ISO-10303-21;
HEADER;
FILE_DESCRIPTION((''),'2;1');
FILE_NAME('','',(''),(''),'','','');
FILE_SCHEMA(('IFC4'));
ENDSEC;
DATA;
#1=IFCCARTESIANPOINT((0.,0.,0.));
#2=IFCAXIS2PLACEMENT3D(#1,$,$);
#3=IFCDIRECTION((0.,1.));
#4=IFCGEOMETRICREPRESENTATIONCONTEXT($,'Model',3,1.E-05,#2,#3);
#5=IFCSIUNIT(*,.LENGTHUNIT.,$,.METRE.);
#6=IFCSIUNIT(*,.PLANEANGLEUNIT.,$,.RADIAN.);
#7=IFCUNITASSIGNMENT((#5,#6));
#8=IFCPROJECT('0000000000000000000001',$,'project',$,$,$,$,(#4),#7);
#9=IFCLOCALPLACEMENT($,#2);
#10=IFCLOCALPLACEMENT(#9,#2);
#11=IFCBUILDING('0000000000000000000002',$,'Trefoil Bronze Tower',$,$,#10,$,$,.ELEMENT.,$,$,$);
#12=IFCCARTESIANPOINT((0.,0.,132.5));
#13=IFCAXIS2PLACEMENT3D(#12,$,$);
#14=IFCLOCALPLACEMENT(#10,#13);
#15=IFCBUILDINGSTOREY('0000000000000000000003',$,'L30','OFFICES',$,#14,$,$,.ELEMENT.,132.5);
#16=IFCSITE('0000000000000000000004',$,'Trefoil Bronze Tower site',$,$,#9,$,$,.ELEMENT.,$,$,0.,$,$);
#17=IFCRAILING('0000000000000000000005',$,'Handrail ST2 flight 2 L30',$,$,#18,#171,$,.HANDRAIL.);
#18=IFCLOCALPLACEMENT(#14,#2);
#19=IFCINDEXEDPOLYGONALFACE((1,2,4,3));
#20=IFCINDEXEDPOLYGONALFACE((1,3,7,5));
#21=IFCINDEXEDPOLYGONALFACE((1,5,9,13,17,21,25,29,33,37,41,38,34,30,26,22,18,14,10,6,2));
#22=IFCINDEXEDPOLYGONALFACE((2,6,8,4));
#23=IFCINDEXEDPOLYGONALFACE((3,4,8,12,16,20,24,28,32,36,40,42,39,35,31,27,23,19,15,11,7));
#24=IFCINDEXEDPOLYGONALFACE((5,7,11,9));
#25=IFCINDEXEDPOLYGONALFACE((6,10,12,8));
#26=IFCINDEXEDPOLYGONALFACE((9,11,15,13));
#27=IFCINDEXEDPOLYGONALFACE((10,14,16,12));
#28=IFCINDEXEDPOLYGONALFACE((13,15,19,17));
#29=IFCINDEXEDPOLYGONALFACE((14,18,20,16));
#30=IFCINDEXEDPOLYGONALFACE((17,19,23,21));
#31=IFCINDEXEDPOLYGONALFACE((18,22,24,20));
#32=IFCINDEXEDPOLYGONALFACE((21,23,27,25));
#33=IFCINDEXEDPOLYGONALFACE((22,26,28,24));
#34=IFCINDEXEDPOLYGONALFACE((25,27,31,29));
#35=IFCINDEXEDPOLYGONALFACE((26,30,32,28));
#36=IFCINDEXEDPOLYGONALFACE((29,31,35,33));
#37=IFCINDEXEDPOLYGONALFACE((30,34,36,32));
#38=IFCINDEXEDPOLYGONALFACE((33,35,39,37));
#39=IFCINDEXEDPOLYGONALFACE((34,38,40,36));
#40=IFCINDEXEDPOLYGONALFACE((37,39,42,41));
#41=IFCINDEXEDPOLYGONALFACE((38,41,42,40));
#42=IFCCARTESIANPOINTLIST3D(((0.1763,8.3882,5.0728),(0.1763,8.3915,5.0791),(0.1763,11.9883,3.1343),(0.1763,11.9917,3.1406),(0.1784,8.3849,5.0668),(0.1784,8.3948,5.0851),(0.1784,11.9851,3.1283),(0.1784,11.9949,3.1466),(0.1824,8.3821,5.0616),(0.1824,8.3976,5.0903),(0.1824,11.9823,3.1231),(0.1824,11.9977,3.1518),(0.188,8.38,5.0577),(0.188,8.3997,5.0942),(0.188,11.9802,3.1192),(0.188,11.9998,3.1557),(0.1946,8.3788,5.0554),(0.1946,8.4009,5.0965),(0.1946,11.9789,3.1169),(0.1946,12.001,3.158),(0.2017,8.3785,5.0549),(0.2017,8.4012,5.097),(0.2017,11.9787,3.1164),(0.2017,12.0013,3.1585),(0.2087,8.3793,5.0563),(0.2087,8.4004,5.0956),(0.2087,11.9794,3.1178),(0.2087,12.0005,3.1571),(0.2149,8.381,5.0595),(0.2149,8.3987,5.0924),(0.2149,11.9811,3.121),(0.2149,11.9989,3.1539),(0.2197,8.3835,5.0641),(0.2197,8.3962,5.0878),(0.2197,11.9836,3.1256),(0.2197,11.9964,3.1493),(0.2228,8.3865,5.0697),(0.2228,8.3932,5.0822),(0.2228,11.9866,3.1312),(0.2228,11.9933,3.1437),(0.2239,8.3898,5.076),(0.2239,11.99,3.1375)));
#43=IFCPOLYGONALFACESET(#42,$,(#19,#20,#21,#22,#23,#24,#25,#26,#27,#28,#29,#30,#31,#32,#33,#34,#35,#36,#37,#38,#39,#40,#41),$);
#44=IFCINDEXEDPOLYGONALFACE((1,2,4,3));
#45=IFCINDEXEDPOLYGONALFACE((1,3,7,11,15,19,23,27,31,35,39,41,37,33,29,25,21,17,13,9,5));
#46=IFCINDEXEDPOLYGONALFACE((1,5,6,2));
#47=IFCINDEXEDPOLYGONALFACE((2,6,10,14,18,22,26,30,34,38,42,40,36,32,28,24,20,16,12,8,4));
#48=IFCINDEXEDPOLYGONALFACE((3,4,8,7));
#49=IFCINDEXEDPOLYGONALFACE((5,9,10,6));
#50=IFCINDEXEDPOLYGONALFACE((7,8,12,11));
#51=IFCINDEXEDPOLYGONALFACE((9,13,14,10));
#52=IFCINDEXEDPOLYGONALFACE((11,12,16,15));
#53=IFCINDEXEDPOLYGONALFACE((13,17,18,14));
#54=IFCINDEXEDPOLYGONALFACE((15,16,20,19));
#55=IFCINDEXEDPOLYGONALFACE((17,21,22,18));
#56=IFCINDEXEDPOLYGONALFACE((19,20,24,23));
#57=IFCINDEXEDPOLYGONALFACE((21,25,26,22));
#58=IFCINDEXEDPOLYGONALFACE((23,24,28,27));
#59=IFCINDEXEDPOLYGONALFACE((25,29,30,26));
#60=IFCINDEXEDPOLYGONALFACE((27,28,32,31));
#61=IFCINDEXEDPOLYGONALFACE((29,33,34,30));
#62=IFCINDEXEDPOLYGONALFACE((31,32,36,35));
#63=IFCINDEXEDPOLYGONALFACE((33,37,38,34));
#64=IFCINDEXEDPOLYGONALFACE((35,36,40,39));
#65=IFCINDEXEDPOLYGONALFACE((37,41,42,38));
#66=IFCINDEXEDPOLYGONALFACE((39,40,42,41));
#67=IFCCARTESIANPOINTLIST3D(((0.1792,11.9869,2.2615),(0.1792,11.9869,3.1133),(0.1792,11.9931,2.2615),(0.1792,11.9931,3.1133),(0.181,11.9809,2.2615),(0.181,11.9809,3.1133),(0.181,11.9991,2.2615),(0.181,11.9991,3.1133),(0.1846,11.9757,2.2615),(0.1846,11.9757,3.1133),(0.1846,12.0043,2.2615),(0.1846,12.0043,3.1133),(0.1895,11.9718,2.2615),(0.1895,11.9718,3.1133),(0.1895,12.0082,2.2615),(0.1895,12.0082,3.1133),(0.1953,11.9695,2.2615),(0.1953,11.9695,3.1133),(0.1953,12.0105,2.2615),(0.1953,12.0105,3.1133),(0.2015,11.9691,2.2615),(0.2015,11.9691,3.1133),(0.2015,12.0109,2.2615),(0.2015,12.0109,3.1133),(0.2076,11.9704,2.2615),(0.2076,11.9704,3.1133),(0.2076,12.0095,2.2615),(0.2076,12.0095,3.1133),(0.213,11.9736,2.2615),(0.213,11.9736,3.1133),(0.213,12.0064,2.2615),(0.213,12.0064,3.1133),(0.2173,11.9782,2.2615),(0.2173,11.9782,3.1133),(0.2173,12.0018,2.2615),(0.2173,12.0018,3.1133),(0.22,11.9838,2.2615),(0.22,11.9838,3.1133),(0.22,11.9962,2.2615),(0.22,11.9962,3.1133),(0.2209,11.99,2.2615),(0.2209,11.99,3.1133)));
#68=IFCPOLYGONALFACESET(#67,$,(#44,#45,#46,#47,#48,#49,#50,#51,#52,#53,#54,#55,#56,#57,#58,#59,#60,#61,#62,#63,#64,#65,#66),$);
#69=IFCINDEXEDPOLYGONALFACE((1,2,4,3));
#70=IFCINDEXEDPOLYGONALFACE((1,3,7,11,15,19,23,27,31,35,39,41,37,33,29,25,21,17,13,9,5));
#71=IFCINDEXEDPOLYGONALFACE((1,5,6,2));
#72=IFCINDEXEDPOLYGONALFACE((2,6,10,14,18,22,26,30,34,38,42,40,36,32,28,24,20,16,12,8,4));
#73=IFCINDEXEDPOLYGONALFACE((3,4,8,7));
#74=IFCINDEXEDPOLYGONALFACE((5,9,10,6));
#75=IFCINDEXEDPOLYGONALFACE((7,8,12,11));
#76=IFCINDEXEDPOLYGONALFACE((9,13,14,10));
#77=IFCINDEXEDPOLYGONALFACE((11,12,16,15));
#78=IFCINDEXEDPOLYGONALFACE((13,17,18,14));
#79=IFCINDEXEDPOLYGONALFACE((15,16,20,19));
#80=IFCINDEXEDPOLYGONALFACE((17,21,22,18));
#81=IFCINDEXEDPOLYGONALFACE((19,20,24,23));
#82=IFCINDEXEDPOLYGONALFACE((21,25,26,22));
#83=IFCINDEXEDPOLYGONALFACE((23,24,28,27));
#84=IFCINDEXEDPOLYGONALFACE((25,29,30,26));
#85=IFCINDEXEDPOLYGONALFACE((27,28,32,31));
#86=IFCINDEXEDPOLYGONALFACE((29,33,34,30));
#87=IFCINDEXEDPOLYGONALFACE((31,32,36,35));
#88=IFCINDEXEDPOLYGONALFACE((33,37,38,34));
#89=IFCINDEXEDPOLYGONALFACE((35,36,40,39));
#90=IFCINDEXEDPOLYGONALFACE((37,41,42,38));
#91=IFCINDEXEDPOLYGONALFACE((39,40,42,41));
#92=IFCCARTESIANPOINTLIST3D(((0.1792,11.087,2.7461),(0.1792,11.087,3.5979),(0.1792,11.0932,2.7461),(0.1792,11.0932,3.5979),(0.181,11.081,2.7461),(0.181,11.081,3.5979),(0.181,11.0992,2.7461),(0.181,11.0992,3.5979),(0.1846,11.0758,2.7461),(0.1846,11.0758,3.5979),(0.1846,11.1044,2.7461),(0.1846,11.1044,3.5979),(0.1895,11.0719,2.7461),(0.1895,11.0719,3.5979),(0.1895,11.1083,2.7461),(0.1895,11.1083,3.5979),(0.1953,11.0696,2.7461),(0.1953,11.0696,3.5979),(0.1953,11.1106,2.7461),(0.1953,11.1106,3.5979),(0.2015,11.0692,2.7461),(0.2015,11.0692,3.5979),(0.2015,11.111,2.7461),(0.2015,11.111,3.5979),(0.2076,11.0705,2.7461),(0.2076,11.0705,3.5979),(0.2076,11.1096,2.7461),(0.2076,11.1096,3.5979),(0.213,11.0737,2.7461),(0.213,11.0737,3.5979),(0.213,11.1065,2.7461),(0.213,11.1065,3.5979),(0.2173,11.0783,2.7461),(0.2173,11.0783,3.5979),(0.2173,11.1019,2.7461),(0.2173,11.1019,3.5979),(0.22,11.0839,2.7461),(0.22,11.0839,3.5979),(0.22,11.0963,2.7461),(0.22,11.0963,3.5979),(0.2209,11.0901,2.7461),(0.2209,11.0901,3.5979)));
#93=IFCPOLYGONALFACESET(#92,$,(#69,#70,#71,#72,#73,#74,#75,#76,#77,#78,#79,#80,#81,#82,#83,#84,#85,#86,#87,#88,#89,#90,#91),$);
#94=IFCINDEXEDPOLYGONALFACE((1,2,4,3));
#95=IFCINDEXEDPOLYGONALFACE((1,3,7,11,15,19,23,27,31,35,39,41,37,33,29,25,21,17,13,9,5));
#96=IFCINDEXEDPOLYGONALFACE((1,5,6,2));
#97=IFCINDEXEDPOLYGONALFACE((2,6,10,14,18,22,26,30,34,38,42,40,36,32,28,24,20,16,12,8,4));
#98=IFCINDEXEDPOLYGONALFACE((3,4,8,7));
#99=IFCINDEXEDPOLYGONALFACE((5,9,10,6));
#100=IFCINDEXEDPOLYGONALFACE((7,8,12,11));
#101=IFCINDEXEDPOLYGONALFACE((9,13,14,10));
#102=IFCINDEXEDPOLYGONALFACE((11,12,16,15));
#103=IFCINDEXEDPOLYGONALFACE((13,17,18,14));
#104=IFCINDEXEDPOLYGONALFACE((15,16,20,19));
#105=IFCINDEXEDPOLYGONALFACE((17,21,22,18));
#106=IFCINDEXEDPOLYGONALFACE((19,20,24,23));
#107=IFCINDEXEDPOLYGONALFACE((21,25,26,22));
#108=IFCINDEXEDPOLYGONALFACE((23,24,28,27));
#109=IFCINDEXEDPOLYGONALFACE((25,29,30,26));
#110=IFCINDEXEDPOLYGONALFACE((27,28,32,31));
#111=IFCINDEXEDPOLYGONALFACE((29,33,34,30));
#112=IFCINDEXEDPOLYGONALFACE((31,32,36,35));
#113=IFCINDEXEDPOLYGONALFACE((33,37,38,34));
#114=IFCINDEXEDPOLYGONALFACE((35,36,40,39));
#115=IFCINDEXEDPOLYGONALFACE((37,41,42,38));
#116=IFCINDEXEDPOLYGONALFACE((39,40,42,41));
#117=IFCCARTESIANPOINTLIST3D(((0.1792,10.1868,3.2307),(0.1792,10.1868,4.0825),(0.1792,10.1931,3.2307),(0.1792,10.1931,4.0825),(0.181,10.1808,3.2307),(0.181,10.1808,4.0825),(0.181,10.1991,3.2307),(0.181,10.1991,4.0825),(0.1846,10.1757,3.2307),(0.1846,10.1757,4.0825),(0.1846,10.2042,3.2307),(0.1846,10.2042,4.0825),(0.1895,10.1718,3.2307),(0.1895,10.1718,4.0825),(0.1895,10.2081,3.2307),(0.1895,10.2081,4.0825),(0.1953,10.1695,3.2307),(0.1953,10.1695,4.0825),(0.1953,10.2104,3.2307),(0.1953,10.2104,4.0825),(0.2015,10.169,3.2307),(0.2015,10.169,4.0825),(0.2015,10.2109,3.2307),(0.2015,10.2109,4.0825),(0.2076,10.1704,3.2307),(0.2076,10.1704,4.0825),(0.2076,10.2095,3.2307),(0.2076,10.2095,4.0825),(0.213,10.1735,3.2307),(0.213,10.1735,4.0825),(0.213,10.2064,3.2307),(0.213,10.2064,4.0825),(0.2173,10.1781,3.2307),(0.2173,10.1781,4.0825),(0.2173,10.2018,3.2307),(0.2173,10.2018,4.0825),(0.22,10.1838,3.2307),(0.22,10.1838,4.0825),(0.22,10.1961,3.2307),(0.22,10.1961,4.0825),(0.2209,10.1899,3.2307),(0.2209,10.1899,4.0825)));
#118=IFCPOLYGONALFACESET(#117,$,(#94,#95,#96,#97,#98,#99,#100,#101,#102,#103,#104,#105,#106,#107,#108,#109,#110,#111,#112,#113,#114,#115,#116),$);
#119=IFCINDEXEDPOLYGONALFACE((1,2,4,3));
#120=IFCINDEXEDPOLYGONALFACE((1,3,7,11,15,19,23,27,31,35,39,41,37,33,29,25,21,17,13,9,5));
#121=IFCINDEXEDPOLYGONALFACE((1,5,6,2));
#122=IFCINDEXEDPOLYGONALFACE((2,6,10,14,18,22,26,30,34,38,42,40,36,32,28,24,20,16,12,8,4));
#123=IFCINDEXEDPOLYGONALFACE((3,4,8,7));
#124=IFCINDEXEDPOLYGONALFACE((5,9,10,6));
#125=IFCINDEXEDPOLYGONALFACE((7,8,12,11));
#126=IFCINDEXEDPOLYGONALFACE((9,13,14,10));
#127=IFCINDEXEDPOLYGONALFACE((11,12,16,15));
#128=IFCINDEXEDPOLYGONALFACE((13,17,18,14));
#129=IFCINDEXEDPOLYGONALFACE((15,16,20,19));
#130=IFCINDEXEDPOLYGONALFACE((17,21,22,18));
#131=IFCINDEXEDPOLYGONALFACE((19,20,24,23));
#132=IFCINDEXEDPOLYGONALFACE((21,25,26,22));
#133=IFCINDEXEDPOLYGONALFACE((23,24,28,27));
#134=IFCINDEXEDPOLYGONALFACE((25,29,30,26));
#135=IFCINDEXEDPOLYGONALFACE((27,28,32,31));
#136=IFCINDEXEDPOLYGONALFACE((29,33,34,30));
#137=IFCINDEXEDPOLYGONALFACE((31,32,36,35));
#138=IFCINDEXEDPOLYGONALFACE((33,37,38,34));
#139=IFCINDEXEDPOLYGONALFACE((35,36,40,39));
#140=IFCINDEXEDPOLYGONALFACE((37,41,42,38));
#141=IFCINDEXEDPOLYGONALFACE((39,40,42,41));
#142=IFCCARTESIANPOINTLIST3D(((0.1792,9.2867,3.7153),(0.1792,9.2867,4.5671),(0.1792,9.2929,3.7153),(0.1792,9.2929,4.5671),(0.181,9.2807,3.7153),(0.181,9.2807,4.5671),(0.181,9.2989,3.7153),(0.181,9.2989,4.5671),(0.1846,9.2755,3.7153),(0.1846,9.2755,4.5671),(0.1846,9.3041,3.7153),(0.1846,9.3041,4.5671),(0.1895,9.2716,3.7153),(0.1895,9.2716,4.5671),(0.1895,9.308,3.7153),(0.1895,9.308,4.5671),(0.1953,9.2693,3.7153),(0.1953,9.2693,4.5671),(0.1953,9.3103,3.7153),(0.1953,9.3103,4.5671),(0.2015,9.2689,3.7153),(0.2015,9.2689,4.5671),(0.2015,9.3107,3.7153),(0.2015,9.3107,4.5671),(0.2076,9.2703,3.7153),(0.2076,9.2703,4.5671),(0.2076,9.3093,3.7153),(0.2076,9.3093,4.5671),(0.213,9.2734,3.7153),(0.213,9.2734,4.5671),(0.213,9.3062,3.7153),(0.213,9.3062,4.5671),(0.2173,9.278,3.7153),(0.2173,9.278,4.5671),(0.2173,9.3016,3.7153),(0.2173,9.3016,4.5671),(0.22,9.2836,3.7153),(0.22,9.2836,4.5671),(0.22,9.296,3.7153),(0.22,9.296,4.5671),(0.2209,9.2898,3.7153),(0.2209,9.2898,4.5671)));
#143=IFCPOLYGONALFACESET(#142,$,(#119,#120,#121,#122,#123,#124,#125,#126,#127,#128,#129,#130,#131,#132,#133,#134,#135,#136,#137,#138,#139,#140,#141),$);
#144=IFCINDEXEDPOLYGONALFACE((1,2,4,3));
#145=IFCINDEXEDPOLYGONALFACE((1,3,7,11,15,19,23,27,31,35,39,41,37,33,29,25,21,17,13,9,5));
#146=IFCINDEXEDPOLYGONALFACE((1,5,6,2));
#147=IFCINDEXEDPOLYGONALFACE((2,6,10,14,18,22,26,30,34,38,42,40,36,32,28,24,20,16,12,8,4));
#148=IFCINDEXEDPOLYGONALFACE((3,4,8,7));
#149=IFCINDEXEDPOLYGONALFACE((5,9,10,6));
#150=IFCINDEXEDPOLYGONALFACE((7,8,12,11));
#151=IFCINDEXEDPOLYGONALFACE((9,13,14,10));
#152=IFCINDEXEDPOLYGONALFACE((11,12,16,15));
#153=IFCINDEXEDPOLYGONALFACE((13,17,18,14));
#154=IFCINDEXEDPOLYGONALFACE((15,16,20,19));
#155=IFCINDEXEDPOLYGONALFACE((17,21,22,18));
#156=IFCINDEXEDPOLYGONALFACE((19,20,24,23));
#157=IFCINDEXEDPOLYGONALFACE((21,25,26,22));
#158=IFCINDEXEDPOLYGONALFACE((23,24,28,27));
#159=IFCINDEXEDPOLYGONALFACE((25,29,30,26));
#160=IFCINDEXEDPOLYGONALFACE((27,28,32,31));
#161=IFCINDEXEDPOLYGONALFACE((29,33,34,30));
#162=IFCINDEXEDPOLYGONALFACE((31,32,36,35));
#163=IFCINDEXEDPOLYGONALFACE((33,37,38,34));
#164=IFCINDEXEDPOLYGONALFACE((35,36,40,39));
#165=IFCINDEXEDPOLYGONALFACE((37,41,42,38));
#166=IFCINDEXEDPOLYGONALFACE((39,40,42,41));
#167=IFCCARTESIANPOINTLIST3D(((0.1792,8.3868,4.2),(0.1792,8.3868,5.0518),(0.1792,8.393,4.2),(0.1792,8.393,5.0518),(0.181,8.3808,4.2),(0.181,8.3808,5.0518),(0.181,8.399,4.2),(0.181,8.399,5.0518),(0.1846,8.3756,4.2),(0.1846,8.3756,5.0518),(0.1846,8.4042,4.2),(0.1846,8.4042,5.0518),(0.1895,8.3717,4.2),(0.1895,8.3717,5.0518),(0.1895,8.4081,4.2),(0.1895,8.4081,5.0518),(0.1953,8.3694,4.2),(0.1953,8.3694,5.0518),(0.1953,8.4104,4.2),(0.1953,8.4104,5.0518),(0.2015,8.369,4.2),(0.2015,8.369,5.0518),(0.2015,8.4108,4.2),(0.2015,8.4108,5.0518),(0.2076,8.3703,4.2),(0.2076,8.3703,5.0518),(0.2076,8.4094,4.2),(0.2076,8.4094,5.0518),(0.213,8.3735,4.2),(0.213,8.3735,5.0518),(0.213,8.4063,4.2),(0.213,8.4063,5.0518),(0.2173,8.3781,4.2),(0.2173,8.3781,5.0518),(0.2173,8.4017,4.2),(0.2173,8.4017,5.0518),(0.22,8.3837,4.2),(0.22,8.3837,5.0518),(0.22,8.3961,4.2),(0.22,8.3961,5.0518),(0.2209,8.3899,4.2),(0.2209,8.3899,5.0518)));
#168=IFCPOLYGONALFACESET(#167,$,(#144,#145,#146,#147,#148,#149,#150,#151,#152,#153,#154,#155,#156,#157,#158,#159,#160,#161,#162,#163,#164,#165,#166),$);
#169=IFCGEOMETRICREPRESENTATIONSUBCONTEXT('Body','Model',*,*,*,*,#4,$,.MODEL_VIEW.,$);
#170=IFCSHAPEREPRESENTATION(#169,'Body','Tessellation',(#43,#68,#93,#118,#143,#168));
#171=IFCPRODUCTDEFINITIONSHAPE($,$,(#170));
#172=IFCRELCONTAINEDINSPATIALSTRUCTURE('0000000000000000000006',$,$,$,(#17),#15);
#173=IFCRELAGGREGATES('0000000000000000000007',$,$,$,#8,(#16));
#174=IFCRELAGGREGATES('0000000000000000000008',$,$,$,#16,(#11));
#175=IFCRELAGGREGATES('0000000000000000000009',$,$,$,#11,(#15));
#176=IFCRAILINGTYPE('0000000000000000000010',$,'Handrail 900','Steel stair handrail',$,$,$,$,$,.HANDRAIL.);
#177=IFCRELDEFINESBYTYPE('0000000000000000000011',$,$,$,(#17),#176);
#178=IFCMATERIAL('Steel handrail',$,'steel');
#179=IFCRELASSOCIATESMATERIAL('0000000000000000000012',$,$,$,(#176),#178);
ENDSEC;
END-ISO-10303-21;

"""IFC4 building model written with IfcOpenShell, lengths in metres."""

from ifc_helpers import new_model, si_unit, direction, frame, origin, origin_2d, place, context, subcontext, project, spatial, circle, extrude, material, type_object, element, save


model = new_model("IFC4")

# Units and contexts
model_context = context("Model", 3, precision=1e-05, world=origin(), true_north=direction((0.0, 1.0)))
body_context = subcontext(model_context, "Body", "Model", "MODEL_VIEW")
ifc_project = project(units=[si_unit("LENGTHUNIT", "METRE"), si_unit("PLANEANGLEUNIT", "RADIAN")], contexts=[model_context])

# Site, building, storey
site_placement = place(None, origin())
site = spatial("IfcSite", under=ifc_project, at=site_placement, Name="Trefoil Bronze Tower site", CompositionType="ELEMENT", RefElevation=0.0)
building_placement = place(site_placement, origin())
building = spatial("IfcBuilding", under=site, at=building_placement, Name="Trefoil Bronze Tower", CompositionType="ELEMENT")
storey_placement = place(building_placement, frame((0.0, 0.0, 132.5)))
storey = spatial("IfcBuildingStorey", under=building, at=storey_placement, Name="L30", Description="OFFICES", CompositionType="ELEMENT", Elevation=132.5)

# Railing
ifc_material_1 = material(Name="Steel handrail", Category="steel")
railing_type = type_object("IfcRailingType", Name="Handrail 900", Description="Steel stair handrail", PredefinedType="HANDRAIL", material=ifc_material_1)
railing_placement = place(storey_placement, frame((0.2, 11.99, 2.2615)))
element("IfcRailing", 1, at=railing_placement, inside=storey, type_object=railing_type, Name="Handrail ST2 flight 2 L30", PredefinedType="HANDRAIL", context=body_context, shape_type="SweptSolid", body=[
    extrude(circle(Radius=0.0239, at=origin_2d()), frame((0.0, 0.0, 0.876), z_axis=(0.0, -0.880475, 0.474093), x_axis=(1.0, 0.0, 0.0)), (0.0, 0.0, 1.0), 4.0889),
    extrude(circle(Radius=0.021, at=origin_2d()), origin(), (0.0, 0.0, 1.0), 0.8518),
    extrude(circle(Radius=0.021, at=origin_2d()), frame((0.0, -0.8999, 0.4846)), (0.0, 0.0, 1.0), 0.8518),
    extrude(circle(Radius=0.021, at=origin_2d()), frame((0.0, -1.8, 0.9692)), (0.0, 0.0, 1.0), 0.8518),
    extrude(circle(Radius=0.021, at=origin_2d()), frame((0.0, -2.7002, 1.4539)), (0.0, 0.0, 1.0), 0.8518),
    extrude(circle(Radius=0.021, at=origin_2d()), frame((0.0, -3.6001, 1.9385)), (0.0, 0.0, 1.0), 0.8518),
])

save(model, "model.ifc")
